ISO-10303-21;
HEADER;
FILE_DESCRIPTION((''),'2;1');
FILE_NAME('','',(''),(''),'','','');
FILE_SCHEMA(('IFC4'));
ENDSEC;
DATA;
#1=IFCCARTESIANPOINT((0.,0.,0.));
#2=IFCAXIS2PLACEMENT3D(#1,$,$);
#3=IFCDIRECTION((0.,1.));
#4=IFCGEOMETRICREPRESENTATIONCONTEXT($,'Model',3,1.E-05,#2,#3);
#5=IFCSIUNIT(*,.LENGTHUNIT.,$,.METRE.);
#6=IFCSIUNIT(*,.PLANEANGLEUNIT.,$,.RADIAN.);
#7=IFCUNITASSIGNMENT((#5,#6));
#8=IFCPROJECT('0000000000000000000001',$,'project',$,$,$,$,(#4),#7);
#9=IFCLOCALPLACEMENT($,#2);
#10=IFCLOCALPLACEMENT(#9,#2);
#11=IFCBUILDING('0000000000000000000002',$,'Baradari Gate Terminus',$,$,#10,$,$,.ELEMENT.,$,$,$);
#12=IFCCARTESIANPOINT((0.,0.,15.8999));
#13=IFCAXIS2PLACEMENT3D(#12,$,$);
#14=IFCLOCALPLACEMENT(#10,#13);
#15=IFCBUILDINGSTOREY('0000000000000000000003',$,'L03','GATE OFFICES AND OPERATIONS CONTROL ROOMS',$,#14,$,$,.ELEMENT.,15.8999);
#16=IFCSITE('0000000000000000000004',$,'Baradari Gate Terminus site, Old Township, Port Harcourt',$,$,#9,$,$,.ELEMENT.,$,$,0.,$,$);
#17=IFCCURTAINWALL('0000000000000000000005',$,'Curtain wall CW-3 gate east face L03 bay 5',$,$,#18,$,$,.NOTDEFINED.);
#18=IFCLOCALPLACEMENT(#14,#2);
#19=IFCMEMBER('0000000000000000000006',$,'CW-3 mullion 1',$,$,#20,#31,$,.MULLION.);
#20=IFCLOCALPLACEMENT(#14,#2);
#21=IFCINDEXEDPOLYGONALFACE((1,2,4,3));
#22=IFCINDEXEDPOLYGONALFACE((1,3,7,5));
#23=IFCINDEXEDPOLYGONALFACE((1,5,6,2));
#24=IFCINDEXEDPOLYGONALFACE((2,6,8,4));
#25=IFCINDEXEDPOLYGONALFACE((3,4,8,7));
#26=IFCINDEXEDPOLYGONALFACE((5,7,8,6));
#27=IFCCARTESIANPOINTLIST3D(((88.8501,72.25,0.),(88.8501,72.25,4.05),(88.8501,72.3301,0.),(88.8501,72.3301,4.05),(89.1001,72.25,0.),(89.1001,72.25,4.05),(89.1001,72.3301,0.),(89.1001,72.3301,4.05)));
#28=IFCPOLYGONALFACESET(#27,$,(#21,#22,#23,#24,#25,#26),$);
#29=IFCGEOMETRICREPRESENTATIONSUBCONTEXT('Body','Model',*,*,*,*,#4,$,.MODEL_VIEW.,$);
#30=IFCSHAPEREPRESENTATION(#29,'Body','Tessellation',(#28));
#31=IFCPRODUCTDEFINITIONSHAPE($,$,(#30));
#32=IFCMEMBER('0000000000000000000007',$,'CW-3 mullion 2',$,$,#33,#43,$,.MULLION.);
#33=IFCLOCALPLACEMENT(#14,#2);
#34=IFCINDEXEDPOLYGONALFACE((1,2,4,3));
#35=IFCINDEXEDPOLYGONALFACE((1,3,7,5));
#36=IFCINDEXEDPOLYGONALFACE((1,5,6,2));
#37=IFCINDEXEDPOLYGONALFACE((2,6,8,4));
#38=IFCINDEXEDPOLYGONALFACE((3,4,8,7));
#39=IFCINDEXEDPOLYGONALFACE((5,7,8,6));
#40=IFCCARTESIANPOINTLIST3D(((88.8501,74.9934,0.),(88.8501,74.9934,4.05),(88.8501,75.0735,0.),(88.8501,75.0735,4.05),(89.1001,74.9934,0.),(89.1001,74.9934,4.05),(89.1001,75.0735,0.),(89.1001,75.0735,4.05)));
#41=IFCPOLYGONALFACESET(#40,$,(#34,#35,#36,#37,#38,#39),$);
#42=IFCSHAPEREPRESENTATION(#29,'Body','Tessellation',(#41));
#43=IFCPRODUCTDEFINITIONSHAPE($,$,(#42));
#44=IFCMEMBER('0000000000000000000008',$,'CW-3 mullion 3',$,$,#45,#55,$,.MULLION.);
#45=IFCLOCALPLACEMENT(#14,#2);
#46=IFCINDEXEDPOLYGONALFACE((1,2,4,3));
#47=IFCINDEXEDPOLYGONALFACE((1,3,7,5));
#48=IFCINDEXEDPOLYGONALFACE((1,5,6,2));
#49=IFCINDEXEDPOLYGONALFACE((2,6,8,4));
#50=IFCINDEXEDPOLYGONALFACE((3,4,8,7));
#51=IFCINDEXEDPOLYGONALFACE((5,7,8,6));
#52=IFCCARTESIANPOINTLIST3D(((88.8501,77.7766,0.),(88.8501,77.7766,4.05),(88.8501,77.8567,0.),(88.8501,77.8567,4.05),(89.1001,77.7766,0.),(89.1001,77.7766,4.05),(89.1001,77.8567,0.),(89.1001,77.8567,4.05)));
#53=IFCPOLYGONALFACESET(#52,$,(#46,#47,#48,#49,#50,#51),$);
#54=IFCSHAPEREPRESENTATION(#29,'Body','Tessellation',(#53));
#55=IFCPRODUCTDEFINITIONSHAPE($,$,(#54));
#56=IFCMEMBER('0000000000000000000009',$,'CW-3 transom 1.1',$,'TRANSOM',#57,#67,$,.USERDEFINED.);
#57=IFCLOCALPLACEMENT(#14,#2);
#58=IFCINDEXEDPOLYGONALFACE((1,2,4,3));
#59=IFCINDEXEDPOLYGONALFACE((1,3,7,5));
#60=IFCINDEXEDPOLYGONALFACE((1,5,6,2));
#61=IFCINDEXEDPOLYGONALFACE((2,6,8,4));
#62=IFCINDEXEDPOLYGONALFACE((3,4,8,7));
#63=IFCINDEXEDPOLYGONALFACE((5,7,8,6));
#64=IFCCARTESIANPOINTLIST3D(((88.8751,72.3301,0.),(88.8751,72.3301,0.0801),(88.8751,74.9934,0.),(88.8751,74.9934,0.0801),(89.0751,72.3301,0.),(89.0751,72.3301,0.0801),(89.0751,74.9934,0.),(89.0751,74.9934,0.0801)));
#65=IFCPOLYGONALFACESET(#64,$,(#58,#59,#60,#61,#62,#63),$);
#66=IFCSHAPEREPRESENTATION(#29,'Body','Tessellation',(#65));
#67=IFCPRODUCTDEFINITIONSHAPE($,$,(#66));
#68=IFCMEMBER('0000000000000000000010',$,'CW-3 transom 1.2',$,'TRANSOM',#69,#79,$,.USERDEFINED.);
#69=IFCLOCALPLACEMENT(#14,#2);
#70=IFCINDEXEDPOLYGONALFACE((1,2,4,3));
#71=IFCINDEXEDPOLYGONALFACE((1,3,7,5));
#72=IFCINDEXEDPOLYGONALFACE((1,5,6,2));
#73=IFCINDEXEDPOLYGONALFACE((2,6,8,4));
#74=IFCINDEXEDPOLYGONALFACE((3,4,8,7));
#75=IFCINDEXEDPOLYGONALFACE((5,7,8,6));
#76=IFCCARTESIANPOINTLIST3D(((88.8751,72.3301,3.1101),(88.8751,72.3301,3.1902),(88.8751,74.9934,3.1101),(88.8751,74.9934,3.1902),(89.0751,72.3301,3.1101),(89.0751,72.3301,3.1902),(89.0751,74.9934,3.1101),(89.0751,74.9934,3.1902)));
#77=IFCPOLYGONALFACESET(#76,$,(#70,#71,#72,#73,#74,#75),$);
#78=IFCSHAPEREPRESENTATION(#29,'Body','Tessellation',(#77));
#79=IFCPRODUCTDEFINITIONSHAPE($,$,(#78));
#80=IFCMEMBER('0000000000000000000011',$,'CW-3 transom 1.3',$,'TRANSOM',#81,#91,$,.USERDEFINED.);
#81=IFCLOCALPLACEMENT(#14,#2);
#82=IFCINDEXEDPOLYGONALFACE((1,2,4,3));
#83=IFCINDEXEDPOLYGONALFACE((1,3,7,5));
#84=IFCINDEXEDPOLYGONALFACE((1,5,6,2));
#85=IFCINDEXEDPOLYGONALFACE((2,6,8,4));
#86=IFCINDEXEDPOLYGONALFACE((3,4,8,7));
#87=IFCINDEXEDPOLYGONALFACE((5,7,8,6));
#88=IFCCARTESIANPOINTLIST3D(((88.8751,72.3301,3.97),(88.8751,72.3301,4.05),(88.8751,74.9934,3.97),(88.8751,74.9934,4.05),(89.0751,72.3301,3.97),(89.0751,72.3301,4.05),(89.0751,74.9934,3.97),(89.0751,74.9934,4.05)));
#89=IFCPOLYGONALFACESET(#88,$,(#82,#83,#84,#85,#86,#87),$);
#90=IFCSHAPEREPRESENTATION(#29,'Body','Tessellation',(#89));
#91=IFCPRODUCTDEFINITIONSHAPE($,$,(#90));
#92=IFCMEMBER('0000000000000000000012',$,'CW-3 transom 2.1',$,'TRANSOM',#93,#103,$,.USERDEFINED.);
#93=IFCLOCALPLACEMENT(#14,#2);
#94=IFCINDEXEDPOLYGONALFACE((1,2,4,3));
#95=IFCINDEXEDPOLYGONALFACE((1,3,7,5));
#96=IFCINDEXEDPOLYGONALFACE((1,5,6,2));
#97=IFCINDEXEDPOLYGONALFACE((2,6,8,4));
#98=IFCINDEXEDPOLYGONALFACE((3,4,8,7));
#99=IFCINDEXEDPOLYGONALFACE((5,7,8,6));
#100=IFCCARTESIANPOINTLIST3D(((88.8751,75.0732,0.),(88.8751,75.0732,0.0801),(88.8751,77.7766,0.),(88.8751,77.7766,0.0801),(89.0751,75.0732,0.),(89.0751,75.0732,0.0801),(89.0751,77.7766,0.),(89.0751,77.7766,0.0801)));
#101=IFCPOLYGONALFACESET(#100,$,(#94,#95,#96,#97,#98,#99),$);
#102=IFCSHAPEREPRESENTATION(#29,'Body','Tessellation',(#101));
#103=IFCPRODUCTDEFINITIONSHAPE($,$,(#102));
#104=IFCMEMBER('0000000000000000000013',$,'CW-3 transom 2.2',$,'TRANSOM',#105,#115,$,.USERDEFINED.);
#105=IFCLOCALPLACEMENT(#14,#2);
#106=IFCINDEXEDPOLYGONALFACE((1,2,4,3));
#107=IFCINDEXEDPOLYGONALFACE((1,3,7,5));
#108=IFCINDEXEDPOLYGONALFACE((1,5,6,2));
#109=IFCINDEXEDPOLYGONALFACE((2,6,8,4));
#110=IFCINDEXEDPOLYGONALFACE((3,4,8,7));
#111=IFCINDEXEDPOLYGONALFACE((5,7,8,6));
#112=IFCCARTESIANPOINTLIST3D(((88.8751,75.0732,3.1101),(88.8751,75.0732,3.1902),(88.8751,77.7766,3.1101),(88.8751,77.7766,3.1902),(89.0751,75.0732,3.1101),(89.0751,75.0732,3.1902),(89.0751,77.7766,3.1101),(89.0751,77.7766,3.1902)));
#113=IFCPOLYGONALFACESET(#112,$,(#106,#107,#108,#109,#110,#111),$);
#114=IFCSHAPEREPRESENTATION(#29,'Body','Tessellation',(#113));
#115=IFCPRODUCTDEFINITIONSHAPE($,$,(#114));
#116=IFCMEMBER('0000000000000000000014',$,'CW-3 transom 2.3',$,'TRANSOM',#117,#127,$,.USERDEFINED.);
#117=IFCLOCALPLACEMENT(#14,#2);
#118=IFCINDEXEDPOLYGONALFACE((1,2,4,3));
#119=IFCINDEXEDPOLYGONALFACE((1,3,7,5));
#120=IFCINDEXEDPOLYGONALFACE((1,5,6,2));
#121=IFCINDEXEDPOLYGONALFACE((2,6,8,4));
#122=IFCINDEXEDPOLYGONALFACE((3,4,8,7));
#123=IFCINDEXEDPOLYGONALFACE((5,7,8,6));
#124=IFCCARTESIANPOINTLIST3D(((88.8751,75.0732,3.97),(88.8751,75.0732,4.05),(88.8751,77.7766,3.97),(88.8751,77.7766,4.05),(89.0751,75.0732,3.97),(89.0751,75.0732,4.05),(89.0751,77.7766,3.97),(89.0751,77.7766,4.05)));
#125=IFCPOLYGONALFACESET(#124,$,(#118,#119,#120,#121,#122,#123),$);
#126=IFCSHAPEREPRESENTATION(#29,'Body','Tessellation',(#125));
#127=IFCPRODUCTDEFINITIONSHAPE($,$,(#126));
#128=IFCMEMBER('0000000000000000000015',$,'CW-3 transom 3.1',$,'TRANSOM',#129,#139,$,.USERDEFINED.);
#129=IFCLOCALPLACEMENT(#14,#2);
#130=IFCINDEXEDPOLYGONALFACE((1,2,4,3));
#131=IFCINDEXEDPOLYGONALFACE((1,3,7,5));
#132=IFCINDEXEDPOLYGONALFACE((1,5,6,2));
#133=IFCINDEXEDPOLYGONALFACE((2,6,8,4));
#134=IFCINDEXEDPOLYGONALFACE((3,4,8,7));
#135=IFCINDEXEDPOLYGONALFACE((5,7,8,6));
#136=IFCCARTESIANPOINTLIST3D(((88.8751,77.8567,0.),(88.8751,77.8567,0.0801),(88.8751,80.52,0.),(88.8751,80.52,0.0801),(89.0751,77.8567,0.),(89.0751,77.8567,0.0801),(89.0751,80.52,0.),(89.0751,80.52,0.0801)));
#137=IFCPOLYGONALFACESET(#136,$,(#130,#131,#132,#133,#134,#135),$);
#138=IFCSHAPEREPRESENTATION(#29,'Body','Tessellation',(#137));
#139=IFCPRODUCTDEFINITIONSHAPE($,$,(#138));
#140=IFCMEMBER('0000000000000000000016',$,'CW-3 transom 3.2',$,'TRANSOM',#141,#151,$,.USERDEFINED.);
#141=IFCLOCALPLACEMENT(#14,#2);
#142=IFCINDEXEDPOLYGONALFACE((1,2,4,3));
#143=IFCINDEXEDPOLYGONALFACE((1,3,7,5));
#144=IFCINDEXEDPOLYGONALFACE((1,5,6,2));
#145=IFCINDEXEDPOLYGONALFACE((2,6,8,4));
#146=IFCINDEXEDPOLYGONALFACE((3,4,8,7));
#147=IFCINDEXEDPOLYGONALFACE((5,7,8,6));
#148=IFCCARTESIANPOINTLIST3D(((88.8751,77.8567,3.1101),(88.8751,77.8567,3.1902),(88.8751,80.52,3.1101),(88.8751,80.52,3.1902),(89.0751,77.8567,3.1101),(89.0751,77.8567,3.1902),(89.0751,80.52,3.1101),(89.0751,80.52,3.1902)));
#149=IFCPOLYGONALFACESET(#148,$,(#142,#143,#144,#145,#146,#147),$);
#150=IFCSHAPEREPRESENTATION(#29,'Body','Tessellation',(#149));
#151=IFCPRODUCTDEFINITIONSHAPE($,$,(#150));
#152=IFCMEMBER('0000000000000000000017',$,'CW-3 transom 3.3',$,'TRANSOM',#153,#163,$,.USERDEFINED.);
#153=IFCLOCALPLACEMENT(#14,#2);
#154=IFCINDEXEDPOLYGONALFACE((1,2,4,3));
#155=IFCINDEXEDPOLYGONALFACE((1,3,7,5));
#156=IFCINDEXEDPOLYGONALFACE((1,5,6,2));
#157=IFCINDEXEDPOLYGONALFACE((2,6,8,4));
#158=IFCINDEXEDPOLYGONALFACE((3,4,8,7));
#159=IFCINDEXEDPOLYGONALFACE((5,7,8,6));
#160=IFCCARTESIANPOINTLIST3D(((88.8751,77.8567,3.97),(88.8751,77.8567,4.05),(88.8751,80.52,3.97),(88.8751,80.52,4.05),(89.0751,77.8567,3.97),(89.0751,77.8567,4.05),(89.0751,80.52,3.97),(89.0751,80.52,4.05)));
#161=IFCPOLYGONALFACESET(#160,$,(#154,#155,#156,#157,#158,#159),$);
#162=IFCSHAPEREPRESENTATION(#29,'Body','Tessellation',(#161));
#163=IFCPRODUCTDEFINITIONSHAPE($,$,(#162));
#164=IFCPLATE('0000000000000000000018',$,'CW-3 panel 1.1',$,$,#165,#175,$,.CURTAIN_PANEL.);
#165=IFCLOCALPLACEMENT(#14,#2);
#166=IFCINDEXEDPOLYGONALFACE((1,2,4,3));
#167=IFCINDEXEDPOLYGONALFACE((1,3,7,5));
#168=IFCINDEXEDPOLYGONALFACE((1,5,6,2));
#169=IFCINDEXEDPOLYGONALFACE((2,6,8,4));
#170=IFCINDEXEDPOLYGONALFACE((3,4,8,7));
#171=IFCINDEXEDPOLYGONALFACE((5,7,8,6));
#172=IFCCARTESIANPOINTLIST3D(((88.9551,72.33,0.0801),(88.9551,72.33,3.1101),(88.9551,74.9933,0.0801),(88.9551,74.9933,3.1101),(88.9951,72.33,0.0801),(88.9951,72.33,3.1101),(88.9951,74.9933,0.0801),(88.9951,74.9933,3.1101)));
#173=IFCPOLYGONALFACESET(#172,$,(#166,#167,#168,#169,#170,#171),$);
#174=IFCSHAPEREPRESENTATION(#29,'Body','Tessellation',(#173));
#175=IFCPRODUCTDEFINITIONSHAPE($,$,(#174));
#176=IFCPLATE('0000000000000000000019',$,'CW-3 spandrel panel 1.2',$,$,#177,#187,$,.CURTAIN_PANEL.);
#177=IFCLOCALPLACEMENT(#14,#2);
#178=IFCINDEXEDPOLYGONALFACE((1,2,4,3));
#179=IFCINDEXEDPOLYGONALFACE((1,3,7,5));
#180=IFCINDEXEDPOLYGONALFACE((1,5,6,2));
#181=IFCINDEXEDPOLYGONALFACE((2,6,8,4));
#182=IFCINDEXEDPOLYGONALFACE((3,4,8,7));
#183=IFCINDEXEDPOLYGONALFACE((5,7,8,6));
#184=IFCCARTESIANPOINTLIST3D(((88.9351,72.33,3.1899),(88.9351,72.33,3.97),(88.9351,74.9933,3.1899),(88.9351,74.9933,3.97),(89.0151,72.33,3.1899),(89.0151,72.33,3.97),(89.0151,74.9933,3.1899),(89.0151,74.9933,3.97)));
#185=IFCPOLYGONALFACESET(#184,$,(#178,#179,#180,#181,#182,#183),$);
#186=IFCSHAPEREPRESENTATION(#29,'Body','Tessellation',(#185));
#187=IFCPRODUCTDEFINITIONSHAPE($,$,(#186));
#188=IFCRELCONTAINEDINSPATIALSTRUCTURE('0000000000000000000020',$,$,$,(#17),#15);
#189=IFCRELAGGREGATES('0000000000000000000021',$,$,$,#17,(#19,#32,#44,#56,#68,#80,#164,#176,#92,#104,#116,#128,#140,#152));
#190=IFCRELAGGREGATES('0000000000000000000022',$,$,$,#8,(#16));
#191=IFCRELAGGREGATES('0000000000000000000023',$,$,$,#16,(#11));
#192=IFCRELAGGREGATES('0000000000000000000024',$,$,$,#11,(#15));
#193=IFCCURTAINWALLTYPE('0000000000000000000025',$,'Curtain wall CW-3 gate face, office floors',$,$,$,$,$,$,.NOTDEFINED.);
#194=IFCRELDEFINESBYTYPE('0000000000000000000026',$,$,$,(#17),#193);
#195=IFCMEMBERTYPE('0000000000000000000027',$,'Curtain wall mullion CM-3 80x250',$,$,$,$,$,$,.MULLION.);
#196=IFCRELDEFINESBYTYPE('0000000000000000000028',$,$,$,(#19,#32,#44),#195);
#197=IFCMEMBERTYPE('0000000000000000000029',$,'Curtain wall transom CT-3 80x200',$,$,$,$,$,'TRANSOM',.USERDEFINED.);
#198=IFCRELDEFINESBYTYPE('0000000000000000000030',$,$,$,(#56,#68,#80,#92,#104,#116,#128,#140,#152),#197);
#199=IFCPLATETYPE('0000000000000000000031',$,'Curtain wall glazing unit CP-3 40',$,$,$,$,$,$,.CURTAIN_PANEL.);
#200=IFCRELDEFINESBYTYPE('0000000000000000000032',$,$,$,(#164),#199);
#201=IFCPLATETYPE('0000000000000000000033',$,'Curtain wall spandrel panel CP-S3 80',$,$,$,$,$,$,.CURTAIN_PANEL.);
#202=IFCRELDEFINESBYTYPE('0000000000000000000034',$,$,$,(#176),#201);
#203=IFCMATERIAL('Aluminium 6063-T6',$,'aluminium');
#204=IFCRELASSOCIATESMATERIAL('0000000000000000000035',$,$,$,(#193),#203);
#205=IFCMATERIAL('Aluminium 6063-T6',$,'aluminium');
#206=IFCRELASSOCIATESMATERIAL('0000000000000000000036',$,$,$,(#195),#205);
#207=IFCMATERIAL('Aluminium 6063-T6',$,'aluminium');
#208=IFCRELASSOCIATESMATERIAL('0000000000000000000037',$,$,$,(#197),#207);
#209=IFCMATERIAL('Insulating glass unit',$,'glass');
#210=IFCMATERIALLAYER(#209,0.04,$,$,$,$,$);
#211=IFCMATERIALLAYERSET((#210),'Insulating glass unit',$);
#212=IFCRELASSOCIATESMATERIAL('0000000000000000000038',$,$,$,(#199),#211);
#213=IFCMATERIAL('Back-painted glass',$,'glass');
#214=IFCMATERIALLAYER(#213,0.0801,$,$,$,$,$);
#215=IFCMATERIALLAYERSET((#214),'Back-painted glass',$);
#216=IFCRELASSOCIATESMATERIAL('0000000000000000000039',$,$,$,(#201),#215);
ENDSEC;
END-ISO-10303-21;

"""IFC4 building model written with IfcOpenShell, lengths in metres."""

from ifc_helpers import new_model, si_unit, direction, frame, origin, origin_2d, place, context, subcontext, project, spatial, rectangle, extrude, material, layer, layer_set, material_profile, profile_set, type_object, element, aggregate, save


model = new_model("IFC4")

# Units and contexts
model_context = context("Model", 3, precision=1e-05, world=origin(), true_north=direction((0.0, 1.0)))
body_context = subcontext(model_context, "Body", "Model", "MODEL_VIEW")
ifc_project = project(units=[si_unit("LENGTHUNIT", "METRE"), si_unit("PLANEANGLEUNIT", "RADIAN")], contexts=[model_context])

# Site, building, storey
site_placement = place(None, origin())
site = spatial("IfcSite", under=ifc_project, at=site_placement, Name="Baradari Gate Terminus site, Old Township, Port Harcourt", CompositionType="ELEMENT", RefElevation=0.0)
building_placement = place(site_placement, origin())
building = spatial("IfcBuilding", under=site, at=building_placement, Name="Baradari Gate Terminus", CompositionType="ELEMENT")
storey_placement = place(building_placement, frame((0.0, 0.0, 15.8999)))
storey = spatial("IfcBuildingStorey", under=building, at=storey_placement, Name="L03", Description="GATE OFFICES AND OPERATIONS CONTROL ROOMS", CompositionType="ELEMENT", Elevation=15.8999)

# Curtain wall, members, plates
ifc_material_1 = material(Name="Aluminium 6063-T6", Category="aluminium")
curtain_wall_type = type_object("IfcCurtainWallType", Name="Curtain wall CW-3 gate face, office floors", PredefinedType="NOTDEFINED", material=ifc_material_1)
curtain_wall_placement = place(storey_placement, origin())
curtain_wall = element("IfcCurtainWall", 1, at=curtain_wall_placement, inside=storey, type_object=curtain_wall_type, Name="Curtain wall CW-3 gate east face L03 bay 5", PredefinedType="NOTDEFINED")
ifc_material_2 = material(Name="Aluminium 6063-T6", Category="aluminium")
ifc_material_profile_1 = material_profile(ifc_material_2, rectangle(XDim=0.25, YDim=0.0801, at=origin_2d()), Name="CM-3 80X250")
ifc_profile_set_1 = profile_set([ifc_material_profile_1], Name="Aluminium 6063-T6")
member_type_1 = type_object("IfcMemberType", Name="Curtain wall mullion CM-3 80x250", PredefinedType="MULLION", material=ifc_profile_set_1)
member_1_placement = place(storey_placement, frame((88.9751, 72.29, 0.0), z_axis=(0.0, 0.0, 1.0), x_axis=(-1.0, 0.0, 0.0)))
member_1 = element("IfcMember", 2, at=member_1_placement, type_object=member_type_1, Name="CW-3 mullion 1", PredefinedType="MULLION", context=body_context, shape_type="SweptSolid", body=[
    extrude(rectangle(XDim=0.25, YDim=0.0801, at=origin_2d()), origin(), (0.0, 0.0, 1.0), 4.05),
])
member_2_placement = place(storey_placement, frame((88.9751, 75.0334, 0.0), z_axis=(0.0, 0.0, 1.0), x_axis=(-1.0, 0.0, 0.0)))
member_2 = element("IfcMember", 3, at=member_2_placement, type_object=member_type_1, Name="CW-3 mullion 2", PredefinedType="MULLION", context=body_context, shape_type="SweptSolid", body=[
    extrude(rectangle(XDim=0.25, YDim=0.0801, at=origin_2d()), origin(), (0.0, 0.0, 1.0), 4.05),
])
member_3_placement = place(storey_placement, frame((88.9751, 77.8167, 0.0), z_axis=(0.0, 0.0, 1.0), x_axis=(-1.0, 0.0, 0.0)))
member_3 = element("IfcMember", 4, at=member_3_placement, type_object=member_type_1, Name="CW-3 mullion 3", PredefinedType="MULLION", context=body_context, shape_type="SweptSolid", body=[
    extrude(rectangle(XDim=0.25, YDim=0.0801, at=origin_2d()), origin(), (0.0, 0.0, 1.0), 4.05),
])
ifc_material_3 = material(Name="Aluminium 6063-T6", Category="aluminium")
ifc_material_profile_2 = material_profile(ifc_material_3, rectangle(XDim=0.2, YDim=0.0801, at=origin_2d()), Name="CT-3 80X200")
ifc_profile_set_2 = profile_set([ifc_material_profile_2], Name="Aluminium 6063-T6")
member_type_2 = type_object("IfcMemberType", Name="Curtain wall transom CT-3 80x200", ElementType="TRANSOM", PredefinedType="USERDEFINED", material=ifc_profile_set_2)
member_4_placement = place(storey_placement, frame((88.9751, 72.3301, 0.04), z_axis=(0.0, 1.0, 0.0), x_axis=(-1.0, 0.0, 0.0)))
member_4 = element("IfcMember", 5, at=member_4_placement, type_object=member_type_2, Name="CW-3 transom 1.1", ObjectType="TRANSOM", PredefinedType="USERDEFINED", context=body_context, shape_type="SweptSolid", body=[
    extrude(rectangle(XDim=0.2, YDim=0.0801, at=origin_2d()), origin(), (0.0, 0.0, 1.0), 2.6633),
])
member_5_placement = place(storey_placement, frame((88.9751, 72.3301, 3.1501), z_axis=(0.0, 1.0, 0.0), x_axis=(-1.0, 0.0, 0.0)))
member_5 = element("IfcMember", 6, at=member_5_placement, type_object=member_type_2, Name="CW-3 transom 1.2", ObjectType="TRANSOM", PredefinedType="USERDEFINED", context=body_context, shape_type="SweptSolid", body=[
    extrude(rectangle(XDim=0.2, YDim=0.0801, at=origin_2d()), origin(), (0.0, 0.0, 1.0), 2.6633),
])
member_6_placement = place(storey_placement, frame((88.9751, 72.3301, 4.01), z_axis=(0.0, 1.0, 0.0), x_axis=(-1.0, 0.0, 0.0)))
member_6 = element("IfcMember", 7, at=member_6_placement, type_object=member_type_2, Name="CW-3 transom 1.3", ObjectType="TRANSOM", PredefinedType="USERDEFINED", context=body_context, shape_type="SweptSolid", body=[
    extrude(rectangle(XDim=0.2, YDim=0.0801, at=origin_2d()), origin(), (0.0, 0.0, 1.0), 2.6633),
])
member_7_placement = place(storey_placement, frame((88.9751, 75.0732, 0.04), z_axis=(0.0, 1.0, 0.0), x_axis=(-1.0, 0.0, 0.0)))
member_7 = element("IfcMember", 8, at=member_7_placement, type_object=member_type_2, Name="CW-3 transom 2.1", ObjectType="TRANSOM", PredefinedType="USERDEFINED", context=body_context, shape_type="SweptSolid", body=[
    extrude(rectangle(XDim=0.2, YDim=0.0801, at=origin_2d()), origin(), (0.0, 0.0, 1.0), 2.7034),
])
member_8_placement = place(storey_placement, frame((88.9751, 75.0732, 3.1501), z_axis=(0.0, 1.0, 0.0), x_axis=(-1.0, 0.0, 0.0)))
member_8 = element("IfcMember", 9, at=member_8_placement, type_object=member_type_2, Name="CW-3 transom 2.2", ObjectType="TRANSOM", PredefinedType="USERDEFINED", context=body_context, shape_type="SweptSolid", body=[
    extrude(rectangle(XDim=0.2, YDim=0.0801, at=origin_2d()), origin(), (0.0, 0.0, 1.0), 2.7034),
])
member_9_placement = place(storey_placement, frame((88.9751, 75.0732, 4.01), z_axis=(0.0, 1.0, 0.0), x_axis=(-1.0, 0.0, 0.0)))
member_9 = element("IfcMember", 10, at=member_9_placement, type_object=member_type_2, Name="CW-3 transom 2.3", ObjectType="TRANSOM", PredefinedType="USERDEFINED", context=body_context, shape_type="SweptSolid", body=[
    extrude(rectangle(XDim=0.2, YDim=0.0801, at=origin_2d()), origin(), (0.0, 0.0, 1.0), 2.7034),
])
member_10_placement = place(storey_placement, frame((88.9751, 77.8567, 0.04), z_axis=(0.0, 1.0, 0.0), x_axis=(-1.0, 0.0, 0.0)))
member_10 = element("IfcMember", 11, at=member_10_placement, type_object=member_type_2, Name="CW-3 transom 3.1", ObjectType="TRANSOM", PredefinedType="USERDEFINED", context=body_context, shape_type="SweptSolid", body=[
    extrude(rectangle(XDim=0.2, YDim=0.0801, at=origin_2d()), origin(), (0.0, 0.0, 1.0), 2.6633),
])
member_11_placement = place(storey_placement, frame((88.9751, 77.8567, 3.1501), z_axis=(0.0, 1.0, 0.0), x_axis=(-1.0, 0.0, 0.0)))
member_11 = element("IfcMember", 12, at=member_11_placement, type_object=member_type_2, Name="CW-3 transom 3.2", ObjectType="TRANSOM", PredefinedType="USERDEFINED", context=body_context, shape_type="SweptSolid", body=[
    extrude(rectangle(XDim=0.2, YDim=0.0801, at=origin_2d()), origin(), (0.0, 0.0, 1.0), 2.6633),
])
member_12_placement = place(storey_placement, frame((88.9751, 77.8567, 4.01), z_axis=(0.0, 1.0, 0.0), x_axis=(-1.0, 0.0, 0.0)))
member_12 = element("IfcMember", 13, at=member_12_placement, type_object=member_type_2, Name="CW-3 transom 3.3", ObjectType="TRANSOM", PredefinedType="USERDEFINED", context=body_context, shape_type="SweptSolid", body=[
    extrude(rectangle(XDim=0.2, YDim=0.0801, at=origin_2d()), origin(), (0.0, 0.0, 1.0), 2.6633),
])
ifc_material_4 = material(Name="Insulating glass unit", Category="glass")
ifc_layer_1 = layer(ifc_material_4, 0.04)
ifc_layer_set_1 = layer_set([ifc_layer_1], Name="Insulating glass unit")
plate_type_1 = type_object("IfcPlateType", Name="Curtain wall glazing unit CP-3 40", PredefinedType="CURTAIN_PANEL", material=ifc_layer_set_1)
plate_1_placement = place(storey_placement, frame((88.9751, 73.6616, 0.0801), z_axis=(0.0, 0.0, 1.0), x_axis=(0.0, 1.0, 0.0)))
plate_1 = element("IfcPlate", 14, at=plate_1_placement, type_object=plate_type_1, Name="CW-3 panel 1.1", PredefinedType="CURTAIN_PANEL", context=body_context, shape_type="SweptSolid", body=[
    extrude(rectangle(XDim=2.6633, YDim=0.04, at=origin_2d()), origin(), (0.0, 0.0, 1.0), 3.03),
])
ifc_material_5 = material(Name="Back-painted glass", Category="glass")
ifc_layer_2 = layer(ifc_material_5, 0.0801)
ifc_layer_set_2 = layer_set([ifc_layer_2], Name="Back-painted glass")
plate_type_2 = type_object("IfcPlateType", Name="Curtain wall spandrel panel CP-S3 80", PredefinedType="CURTAIN_PANEL", material=ifc_layer_set_2)
plate_2_placement = place(storey_placement, frame((88.9751, 73.6616, 3.1899), z_axis=(0.0, 0.0, 1.0), x_axis=(0.0, 1.0, 0.0)))
plate_2 = element("IfcPlate", 15, at=plate_2_placement, type_object=plate_type_2, Name="CW-3 spandrel panel 1.2", PredefinedType="CURTAIN_PANEL", context=body_context, shape_type="SweptSolid", body=[
    extrude(rectangle(XDim=2.6633, YDim=0.0801, at=origin_2d()), origin(), (0.0, 0.0, 1.0), 0.78),
])
aggregate(curtain_wall, [member_1, member_2, member_3, member_4, member_5, member_6, plate_1, plate_2, member_7, member_8, member_9, member_10, member_11, member_12])

save(model, "model.ifc")
